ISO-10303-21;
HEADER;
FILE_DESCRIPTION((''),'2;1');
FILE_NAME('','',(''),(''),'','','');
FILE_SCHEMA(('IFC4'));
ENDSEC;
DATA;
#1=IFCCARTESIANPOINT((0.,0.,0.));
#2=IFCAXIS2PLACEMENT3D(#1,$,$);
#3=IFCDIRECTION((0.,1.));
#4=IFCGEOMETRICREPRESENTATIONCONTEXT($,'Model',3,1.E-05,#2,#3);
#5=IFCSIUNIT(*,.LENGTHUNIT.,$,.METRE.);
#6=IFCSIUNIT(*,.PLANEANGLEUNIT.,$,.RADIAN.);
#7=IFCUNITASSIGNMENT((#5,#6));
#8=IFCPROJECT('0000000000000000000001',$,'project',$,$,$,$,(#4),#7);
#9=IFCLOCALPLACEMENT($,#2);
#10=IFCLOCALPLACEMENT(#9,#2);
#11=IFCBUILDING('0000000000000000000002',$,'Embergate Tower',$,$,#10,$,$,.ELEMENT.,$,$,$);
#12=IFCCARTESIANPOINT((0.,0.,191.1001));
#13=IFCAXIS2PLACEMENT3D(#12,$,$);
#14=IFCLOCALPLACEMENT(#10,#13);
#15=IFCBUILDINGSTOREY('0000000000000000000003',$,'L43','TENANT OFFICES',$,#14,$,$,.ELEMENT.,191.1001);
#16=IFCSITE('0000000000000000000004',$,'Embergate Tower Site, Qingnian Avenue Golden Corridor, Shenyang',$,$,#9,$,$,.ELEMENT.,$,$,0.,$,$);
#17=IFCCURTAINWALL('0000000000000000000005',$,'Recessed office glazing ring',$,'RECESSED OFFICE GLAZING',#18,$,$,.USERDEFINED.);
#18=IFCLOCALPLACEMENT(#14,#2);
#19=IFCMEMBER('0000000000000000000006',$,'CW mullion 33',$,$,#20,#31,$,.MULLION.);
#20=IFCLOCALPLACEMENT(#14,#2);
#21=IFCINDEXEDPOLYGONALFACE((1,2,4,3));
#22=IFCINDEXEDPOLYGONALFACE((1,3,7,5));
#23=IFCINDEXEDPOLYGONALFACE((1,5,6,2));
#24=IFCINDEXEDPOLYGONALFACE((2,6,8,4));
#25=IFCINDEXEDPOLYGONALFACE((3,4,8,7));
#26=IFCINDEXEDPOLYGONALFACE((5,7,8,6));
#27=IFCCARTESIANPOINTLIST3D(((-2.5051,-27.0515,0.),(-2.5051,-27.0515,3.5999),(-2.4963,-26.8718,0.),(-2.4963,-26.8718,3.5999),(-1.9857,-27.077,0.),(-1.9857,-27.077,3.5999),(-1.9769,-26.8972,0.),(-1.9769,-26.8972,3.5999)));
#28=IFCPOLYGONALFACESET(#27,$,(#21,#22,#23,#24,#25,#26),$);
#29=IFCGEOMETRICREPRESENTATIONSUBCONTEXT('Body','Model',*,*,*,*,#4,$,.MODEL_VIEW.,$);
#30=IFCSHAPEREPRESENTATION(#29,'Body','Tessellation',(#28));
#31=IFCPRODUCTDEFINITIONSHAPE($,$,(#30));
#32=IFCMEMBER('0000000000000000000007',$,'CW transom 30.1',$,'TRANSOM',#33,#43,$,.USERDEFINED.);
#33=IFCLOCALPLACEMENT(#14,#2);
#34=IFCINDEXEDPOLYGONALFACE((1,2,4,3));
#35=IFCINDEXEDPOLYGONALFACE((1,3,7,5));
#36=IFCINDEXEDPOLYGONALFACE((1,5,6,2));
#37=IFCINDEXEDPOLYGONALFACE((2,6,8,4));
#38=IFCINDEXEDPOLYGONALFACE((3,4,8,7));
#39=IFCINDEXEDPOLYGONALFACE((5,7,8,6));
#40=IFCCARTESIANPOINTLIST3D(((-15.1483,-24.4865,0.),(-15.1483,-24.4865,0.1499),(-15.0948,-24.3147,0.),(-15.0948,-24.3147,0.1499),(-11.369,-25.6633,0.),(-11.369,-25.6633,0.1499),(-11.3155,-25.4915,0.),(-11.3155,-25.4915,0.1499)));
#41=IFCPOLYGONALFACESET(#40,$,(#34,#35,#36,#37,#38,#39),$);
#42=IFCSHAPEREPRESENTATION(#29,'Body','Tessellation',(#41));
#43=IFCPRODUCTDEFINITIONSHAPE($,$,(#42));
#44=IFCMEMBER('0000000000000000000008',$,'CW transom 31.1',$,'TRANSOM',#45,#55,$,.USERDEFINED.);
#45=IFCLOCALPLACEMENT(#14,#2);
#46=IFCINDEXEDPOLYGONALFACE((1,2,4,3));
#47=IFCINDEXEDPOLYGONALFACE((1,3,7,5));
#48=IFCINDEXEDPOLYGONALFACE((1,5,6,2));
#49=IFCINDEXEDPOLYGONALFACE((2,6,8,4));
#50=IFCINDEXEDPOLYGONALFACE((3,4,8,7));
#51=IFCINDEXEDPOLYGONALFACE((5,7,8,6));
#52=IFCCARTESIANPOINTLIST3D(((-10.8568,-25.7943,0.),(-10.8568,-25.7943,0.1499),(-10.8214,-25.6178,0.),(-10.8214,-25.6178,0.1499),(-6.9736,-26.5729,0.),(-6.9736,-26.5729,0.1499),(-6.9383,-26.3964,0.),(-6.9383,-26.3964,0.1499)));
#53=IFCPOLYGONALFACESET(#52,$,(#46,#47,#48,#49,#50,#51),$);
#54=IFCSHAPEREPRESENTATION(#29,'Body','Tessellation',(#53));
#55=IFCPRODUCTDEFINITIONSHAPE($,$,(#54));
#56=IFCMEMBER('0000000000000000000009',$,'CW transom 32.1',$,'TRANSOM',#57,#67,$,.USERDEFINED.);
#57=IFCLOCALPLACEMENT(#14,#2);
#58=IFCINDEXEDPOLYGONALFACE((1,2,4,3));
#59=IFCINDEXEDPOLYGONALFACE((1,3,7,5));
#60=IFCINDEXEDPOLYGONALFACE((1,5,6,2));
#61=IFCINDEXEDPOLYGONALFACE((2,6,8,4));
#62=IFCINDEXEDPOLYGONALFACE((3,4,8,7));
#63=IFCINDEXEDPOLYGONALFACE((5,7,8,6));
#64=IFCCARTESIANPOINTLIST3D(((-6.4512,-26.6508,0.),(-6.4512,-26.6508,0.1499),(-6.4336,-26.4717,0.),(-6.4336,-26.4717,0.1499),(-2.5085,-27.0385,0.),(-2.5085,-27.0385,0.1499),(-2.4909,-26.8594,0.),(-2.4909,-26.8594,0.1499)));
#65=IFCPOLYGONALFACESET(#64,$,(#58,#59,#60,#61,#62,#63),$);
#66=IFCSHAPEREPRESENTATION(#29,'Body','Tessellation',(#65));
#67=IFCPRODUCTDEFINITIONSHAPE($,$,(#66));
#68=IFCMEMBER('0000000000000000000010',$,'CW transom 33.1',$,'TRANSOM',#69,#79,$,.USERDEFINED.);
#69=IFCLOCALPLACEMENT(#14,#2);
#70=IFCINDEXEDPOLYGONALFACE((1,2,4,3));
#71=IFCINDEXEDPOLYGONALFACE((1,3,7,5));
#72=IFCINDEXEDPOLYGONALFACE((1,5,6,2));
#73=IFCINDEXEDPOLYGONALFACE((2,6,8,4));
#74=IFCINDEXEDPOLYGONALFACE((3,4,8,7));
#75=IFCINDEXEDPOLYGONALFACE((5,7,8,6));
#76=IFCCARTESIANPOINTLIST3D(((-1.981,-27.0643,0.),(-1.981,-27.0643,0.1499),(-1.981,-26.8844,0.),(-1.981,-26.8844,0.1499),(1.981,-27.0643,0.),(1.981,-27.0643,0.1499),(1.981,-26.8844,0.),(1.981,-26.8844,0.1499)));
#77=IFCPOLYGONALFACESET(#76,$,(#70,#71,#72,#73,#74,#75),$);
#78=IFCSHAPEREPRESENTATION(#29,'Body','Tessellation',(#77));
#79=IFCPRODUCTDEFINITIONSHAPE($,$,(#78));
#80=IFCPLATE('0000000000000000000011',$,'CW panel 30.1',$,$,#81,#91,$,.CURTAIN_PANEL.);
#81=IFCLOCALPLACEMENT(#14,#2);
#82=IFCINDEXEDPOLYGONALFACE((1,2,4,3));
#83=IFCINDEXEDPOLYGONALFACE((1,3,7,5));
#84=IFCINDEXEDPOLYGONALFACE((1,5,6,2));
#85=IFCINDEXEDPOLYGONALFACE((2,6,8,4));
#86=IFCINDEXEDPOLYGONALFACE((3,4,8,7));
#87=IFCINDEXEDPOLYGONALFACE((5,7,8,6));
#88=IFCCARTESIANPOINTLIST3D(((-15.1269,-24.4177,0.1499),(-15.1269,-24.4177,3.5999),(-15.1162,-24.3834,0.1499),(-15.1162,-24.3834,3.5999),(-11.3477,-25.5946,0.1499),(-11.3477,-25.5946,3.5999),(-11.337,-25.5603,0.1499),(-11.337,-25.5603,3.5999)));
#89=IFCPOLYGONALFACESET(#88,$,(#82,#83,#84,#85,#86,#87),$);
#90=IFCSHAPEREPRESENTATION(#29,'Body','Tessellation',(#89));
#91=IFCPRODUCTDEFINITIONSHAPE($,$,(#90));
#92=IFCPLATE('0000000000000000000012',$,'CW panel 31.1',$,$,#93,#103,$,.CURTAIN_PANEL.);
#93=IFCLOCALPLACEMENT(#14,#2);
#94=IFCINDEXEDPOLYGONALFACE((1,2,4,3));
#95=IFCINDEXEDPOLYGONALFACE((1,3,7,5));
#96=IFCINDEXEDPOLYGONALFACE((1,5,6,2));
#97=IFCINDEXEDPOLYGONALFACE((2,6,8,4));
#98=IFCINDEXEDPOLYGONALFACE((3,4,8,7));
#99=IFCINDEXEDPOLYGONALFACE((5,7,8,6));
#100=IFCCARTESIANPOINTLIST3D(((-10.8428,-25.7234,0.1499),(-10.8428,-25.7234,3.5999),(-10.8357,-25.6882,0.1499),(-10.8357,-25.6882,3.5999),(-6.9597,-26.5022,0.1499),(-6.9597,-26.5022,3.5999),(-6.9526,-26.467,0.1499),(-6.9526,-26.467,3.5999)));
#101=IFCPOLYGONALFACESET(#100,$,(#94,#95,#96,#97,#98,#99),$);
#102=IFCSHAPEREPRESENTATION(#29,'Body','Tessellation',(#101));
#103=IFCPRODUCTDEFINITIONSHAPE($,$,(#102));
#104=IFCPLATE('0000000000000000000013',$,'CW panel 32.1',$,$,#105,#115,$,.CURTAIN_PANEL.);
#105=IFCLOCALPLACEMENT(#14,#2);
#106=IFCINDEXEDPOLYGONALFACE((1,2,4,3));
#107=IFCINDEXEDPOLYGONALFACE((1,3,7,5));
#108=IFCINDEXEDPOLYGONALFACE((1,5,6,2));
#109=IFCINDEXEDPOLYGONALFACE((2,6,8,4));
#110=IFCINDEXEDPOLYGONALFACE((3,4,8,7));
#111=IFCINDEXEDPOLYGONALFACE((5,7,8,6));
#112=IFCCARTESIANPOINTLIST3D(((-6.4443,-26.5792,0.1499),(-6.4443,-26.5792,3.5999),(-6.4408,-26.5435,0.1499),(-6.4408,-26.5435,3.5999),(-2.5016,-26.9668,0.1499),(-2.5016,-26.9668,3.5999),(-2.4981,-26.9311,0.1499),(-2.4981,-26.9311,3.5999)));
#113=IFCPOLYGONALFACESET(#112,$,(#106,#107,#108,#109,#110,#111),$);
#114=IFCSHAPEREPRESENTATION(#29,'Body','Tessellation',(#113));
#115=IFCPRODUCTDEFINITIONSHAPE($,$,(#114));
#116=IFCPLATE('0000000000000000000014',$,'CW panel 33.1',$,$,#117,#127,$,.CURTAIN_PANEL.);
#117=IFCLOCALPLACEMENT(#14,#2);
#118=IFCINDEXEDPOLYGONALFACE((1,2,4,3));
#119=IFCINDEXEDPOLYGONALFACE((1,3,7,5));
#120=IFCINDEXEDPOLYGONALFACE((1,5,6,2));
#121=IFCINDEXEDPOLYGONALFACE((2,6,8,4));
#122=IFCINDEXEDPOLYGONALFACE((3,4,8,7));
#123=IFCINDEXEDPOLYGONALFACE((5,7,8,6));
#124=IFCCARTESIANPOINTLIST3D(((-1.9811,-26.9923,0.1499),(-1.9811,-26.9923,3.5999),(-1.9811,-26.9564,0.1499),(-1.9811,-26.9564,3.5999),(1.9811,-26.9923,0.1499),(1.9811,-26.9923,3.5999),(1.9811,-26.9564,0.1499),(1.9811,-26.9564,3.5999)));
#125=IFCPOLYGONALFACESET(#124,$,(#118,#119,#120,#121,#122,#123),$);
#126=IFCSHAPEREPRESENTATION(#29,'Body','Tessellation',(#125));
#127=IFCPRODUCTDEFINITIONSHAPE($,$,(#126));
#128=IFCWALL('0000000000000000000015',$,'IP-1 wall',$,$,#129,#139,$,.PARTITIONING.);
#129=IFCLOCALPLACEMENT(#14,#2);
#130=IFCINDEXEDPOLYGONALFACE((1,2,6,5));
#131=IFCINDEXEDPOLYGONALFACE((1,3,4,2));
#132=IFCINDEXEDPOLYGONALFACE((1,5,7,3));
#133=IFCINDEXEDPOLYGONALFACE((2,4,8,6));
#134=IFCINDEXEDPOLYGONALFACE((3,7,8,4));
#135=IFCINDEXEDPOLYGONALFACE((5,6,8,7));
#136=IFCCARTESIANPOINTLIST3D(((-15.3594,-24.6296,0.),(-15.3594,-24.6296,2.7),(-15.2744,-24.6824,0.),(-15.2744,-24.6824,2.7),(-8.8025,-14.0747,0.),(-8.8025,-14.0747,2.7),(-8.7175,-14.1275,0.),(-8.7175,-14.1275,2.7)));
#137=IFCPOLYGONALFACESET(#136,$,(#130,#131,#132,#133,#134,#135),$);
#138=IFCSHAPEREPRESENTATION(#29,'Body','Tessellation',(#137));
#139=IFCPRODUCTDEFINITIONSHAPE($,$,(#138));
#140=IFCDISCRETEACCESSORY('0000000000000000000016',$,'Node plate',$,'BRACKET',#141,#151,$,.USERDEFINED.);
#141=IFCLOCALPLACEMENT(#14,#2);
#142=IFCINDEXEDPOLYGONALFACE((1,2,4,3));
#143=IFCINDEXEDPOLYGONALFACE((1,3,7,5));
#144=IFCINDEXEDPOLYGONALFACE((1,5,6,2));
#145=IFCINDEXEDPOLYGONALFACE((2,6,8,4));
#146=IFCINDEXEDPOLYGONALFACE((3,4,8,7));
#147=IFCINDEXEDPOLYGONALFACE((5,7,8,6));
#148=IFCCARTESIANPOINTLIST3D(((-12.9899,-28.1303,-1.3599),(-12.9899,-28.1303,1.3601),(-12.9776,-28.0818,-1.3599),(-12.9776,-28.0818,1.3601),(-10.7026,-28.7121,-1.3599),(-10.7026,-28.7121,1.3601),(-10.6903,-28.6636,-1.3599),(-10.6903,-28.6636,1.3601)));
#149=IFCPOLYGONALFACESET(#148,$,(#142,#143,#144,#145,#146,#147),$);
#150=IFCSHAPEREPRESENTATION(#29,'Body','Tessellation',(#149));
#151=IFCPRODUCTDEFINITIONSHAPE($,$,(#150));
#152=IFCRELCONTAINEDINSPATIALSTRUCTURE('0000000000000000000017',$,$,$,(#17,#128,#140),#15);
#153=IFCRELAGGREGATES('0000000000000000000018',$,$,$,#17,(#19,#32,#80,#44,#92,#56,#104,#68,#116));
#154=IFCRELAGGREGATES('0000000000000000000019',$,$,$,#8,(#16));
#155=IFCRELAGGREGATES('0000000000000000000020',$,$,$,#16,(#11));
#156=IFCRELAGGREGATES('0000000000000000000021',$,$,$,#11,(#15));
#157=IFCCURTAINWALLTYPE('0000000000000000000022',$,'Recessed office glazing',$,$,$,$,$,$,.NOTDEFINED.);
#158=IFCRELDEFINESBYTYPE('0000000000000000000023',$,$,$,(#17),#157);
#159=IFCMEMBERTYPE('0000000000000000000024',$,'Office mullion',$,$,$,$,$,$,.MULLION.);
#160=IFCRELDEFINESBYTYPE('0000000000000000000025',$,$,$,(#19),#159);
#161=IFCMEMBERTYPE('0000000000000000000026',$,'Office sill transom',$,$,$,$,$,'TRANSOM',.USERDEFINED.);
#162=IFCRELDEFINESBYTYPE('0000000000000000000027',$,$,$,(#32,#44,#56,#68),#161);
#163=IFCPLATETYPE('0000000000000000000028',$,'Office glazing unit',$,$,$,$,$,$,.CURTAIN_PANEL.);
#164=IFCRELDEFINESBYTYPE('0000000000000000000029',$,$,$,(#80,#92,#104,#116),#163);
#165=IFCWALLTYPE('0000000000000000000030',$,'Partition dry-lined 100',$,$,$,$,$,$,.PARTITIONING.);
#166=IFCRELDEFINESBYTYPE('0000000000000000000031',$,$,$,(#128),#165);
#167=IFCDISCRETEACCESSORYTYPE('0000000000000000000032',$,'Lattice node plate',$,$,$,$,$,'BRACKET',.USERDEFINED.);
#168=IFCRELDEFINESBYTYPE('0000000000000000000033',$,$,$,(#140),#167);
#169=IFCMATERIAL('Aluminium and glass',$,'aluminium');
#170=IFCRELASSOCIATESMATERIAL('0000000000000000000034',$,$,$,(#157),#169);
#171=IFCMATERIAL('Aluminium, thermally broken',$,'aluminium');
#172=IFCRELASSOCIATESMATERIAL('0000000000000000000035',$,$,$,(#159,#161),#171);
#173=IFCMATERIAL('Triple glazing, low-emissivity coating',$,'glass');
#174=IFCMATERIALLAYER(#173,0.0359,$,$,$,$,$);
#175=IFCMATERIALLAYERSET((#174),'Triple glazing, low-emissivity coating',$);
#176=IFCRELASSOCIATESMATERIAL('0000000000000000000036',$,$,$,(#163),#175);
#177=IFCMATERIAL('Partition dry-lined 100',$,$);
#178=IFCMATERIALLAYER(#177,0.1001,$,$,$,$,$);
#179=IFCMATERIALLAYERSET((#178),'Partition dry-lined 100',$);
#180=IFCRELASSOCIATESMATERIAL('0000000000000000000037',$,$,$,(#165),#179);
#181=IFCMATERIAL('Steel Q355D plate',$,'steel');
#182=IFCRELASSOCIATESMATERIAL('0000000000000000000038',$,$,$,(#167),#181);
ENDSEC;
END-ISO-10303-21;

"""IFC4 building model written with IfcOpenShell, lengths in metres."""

from ifc_helpers import new_model, si_unit, direction, frame, frame_2d, origin, origin_2d, place, context, subcontext, project, spatial, rectangle, extrude, source, transform, mapped, material, layer, layer_set, material_profile, profile_set, type_object, element, aggregate, save


model = new_model("IFC4")

# Units and contexts
model_context = context("Model", 3, precision=1e-05, world=origin(), true_north=direction((0.0, 1.0)))
body_context = subcontext(model_context, "Body", "Model", "MODEL_VIEW")
ifc_project = project(units=[si_unit("LENGTHUNIT", "METRE"), si_unit("PLANEANGLEUNIT", "RADIAN")], contexts=[model_context])

# Site, building, storey
site_placement = place(None, origin())
site = spatial("IfcSite", under=ifc_project, at=site_placement, Name="Embergate Tower Site, Qingnian Avenue Golden Corridor, Shenyang", CompositionType="ELEMENT", RefElevation=0.0)
building_placement = place(site_placement, origin())
building = spatial("IfcBuilding", under=site, at=building_placement, Name="Embergate Tower", CompositionType="ELEMENT")
storey_placement = place(building_placement, frame((0.0, 0.0, 191.1001)))
storey = spatial("IfcBuildingStorey", under=building, at=storey_placement, Name="L43", Description="TENANT OFFICES", CompositionType="ELEMENT", Elevation=191.1001)

# Curtain wall, members
ifc_material_1 = material(Name="Aluminium and glass", Category="aluminium")
curtain_wall_type = type_object("IfcCurtainWallType", Name="Recessed office glazing", PredefinedType="NOTDEFINED", material=ifc_material_1)
curtain_wall_placement = place(storey_placement, origin())
curtain_wall = element("IfcCurtainWall", 1, at=curtain_wall_placement, inside=storey, type_object=curtain_wall_type, Name="Recessed office glazing ring", ObjectType="RECESSED OFFICE GLAZING", PredefinedType="USERDEFINED")
ifc_material_2 = material(Name="Aluminium, thermally broken", Category="aluminium")
ifc_material_profile_1 = material_profile(ifc_material_2, rectangle(XDim=0.1799, YDim=0.52, at=origin_2d()), Name="AL 520x180")
ifc_profile_set_1 = profile_set([ifc_material_profile_1], Name="Aluminium, thermally broken")
member_type_1 = type_object("IfcMemberType", Name="Office mullion", PredefinedType="MULLION", material=ifc_profile_set_1)
shared_shape_1 = source(origin(), body_context, "Body", "SweptSolid", [
    extrude(rectangle(XDim=0.1799, YDim=0.52, at=origin_2d()), origin(), (0.0, 0.0, 1.0), 3.5999),
])
member_1_placement = place(storey_placement, frame((-2.241, -26.9744, 0.0), z_axis=(0.0, 0.0, 1.0), x_axis=(0.04897, 0.9988, 0.0)))
member_1 = element("IfcMember", 2, at=member_1_placement, type_object=member_type_1, Name="CW mullion 33", PredefinedType="MULLION", context=body_context, shape_type="MappedRepresentation", body=[
    mapped(shared_shape_1, transform((0.0, 0.0, 0.0))),
])
ifc_material_profile_2 = material_profile(ifc_material_2, rectangle(XDim=0.1799, YDim=0.1499, at=origin_2d()), Name="AL 150x180")
ifc_profile_set_2 = profile_set([ifc_material_profile_2], Name="Aluminium, thermally broken")
member_type_2 = type_object("IfcMemberType", Name="Office sill transom", ElementType="TRANSOM", PredefinedType="USERDEFINED", material=ifc_profile_set_2)
shared_shape_2 = source(origin(), body_context, "Body", "SweptSolid", [
    extrude(rectangle(XDim=0.1799, YDim=0.1499, at=origin_2d()), origin(), (0.0, 0.0, 1.0), 3.9583),
])
member_2_placement = place(storey_placement, frame((-15.1216, -24.4006, 0.075), z_axis=(0.954787, -0.297291, 0.0), x_axis=(0.297291, 0.954787, 0.0)))
member_2 = element("IfcMember", 3, at=member_2_placement, type_object=member_type_2, Name="CW transom 30.1", ObjectType="TRANSOM", PredefinedType="USERDEFINED", context=body_context, shape_type="MappedRepresentation", body=[
    mapped(shared_shape_2, transform((0.0, 0.0, 0.0))),
])
shared_shape_3 = source(origin(), body_context, "Body", "SweptSolid", [
    extrude(rectangle(XDim=0.1799, YDim=0.1499, at=origin_2d()), origin(), (0.0, 0.0, 1.0), 3.9604),
])
member_3_placement = place(storey_placement, frame((-10.8391, -25.7061, 0.075), z_axis=(0.980486, -0.19659, 0.0), x_axis=(0.19659, 0.980486, 0.0)))
member_3 = element("IfcMember", 4, at=member_3_placement, type_object=member_type_2, Name="CW transom 31.1", ObjectType="TRANSOM", PredefinedType="USERDEFINED", context=body_context, shape_type="MappedRepresentation", body=[
    mapped(shared_shape_3, transform((0.0, 0.0, 0.0))),
])
shared_shape_4 = source(origin(), body_context, "Body", "SweptSolid", [
    extrude(rectangle(XDim=0.1799, YDim=0.1499, at=origin_2d()), origin(), (0.0, 0.0, 1.0), 3.9617),
])
member_4_placement = place(storey_placement, frame((-6.4424, -26.5613, 0.075), z_axis=(0.9952, -0.097862, 0.0), x_axis=(0.097862, 0.9952, 0.0)))
member_4 = element("IfcMember", 5, at=member_4_placement, type_object=member_type_2, Name="CW transom 32.1", ObjectType="TRANSOM", PredefinedType="USERDEFINED", context=body_context, shape_type="MappedRepresentation", body=[
    mapped(shared_shape_4, transform((0.0, 0.0, 0.0))),
])
shared_shape_5 = source(origin(), body_context, "Body", "SweptSolid", [
    extrude(rectangle(XDim=0.1799, YDim=0.1499, at=origin_2d()), origin(), (0.0, 0.0, 1.0), 3.9619),
])
member_5_placement = place(storey_placement, frame((-1.981, -26.9744, 0.075), z_axis=(1.0, 0.0, 0.0), x_axis=(0.0, 1.0, 0.0)))
member_5 = element("IfcMember", 6, at=member_5_placement, type_object=member_type_2, Name="CW transom 33.1", ObjectType="TRANSOM", PredefinedType="USERDEFINED", context=body_context, shape_type="MappedRepresentation", body=[
    mapped(shared_shape_5, transform((0.0, 0.0, 0.0))),
])

# Plates
ifc_material_3 = material(Name="Triple glazing, low-emissivity coating", Category="glass")
ifc_layer_1 = layer(ifc_material_3, 0.0359)
ifc_layer_set_1 = layer_set([ifc_layer_1], Name="Triple glazing, low-emissivity coating")
plate_type = type_object("IfcPlateType", Name="Office glazing unit", PredefinedType="CURTAIN_PANEL", material=ifc_layer_set_1)
shared_shape_6 = source(origin(), body_context, "Body", "SweptSolid", [
    extrude(rectangle(XDim=3.9583, YDim=0.0359, at=origin_2d()), origin(), (0.0, 0.0, 1.0), 3.45),
])
plate_1_placement = place(storey_placement, frame((-13.2319, -24.989, 0.1499), z_axis=(0.0, 0.0, 1.0), x_axis=(0.954773, -0.297337, 0.0)))
plate_1 = element("IfcPlate", 7, at=plate_1_placement, type_object=plate_type, Name="CW panel 30.1", PredefinedType="CURTAIN_PANEL", context=body_context, shape_type="MappedRepresentation", body=[
    mapped(shared_shape_6, transform((0.0, 0.0, 0.0))),
])
shared_shape_7 = source(origin(), body_context, "Body", "SweptSolid", [
    extrude(rectangle(XDim=3.9604, YDim=0.0359, at=origin_2d()), origin(), (0.0, 0.0, 1.0), 3.45),
])
plate_2_placement = place(storey_placement, frame((-8.8977, -26.0952, 0.1499), z_axis=(0.0, 0.0, 1.0), x_axis=(0.980476, -0.196639, 0.0)))
plate_2 = element("IfcPlate", 8, at=plate_2_placement, type_object=plate_type, Name="CW panel 31.1", PredefinedType="CURTAIN_PANEL", context=body_context, shape_type="MappedRepresentation", body=[
    mapped(shared_shape_7, transform((0.0, 0.0, 0.0))),
])
shared_shape_8 = source(origin(), body_context, "Body", "SweptSolid", [
    extrude(rectangle(XDim=3.9617, YDim=0.0359, at=origin_2d()), origin(), (0.0, 0.0, 1.0), 3.45),
])
plate_3_placement = place(storey_placement, frame((-4.4712, -26.7551, 0.1499), z_axis=(0.0, 0.0, 1.0), x_axis=(0.995203, -0.09783, 0.0)))
plate_3 = element("IfcPlate", 9, at=plate_3_placement, type_object=plate_type, Name="CW panel 32.1", PredefinedType="CURTAIN_PANEL", context=body_context, shape_type="MappedRepresentation", body=[
    mapped(shared_shape_8, transform((0.0, 0.0, 0.0))),
])
shared_shape_9 = source(origin(), body_context, "Body", "SweptSolid", [
    extrude(rectangle(XDim=3.9622, YDim=0.0359, at=origin_2d()), origin(), (0.0, 0.0, 1.0), 3.45),
])
plate_4_placement = place(storey_placement, frame((0.0, -26.9744, 0.1499), z_axis=(0.0, 0.0, 1.0), x_axis=(1.0, 0.0, 0.0)))
plate_4 = element("IfcPlate", 10, at=plate_4_placement, type_object=plate_type, Name="CW panel 33.1", PredefinedType="CURTAIN_PANEL", context=body_context, shape_type="MappedRepresentation", body=[
    mapped(shared_shape_9, transform((0.0, 0.0, 0.0))),
])
aggregate(curtain_wall, [member_1, member_2, plate_1, member_3, plate_2, member_4, plate_3, member_5, plate_4])

# Wall
ifc_material_4 = material(Name="Partition dry-lined 100")
ifc_layer_2 = layer(ifc_material_4, 0.1001)
ifc_layer_set_2 = layer_set([ifc_layer_2], Name="Partition dry-lined 100")
wall_type = type_object("IfcWallType", Name="Partition dry-lined 100", PredefinedType="PARTITIONING", material=ifc_layer_set_2)
shared_shape_10 = source(origin(), body_context, "Body", "SweptSolid", [
    extrude(rectangle(XDim=12.4258, YDim=0.1001, at=frame_2d((6.2129, 0.0))), origin(), (0.0, 0.0, 1.0), 2.7),
])
wall_placement = place(storey_placement, frame((-8.76, -14.1011, 0.0), z_axis=(0.0, 0.0, 1.0), x_axis=(-0.527685, -0.84944, 0.0)))
element("IfcWall", 11, at=wall_placement, inside=storey, type_object=wall_type, Name="IP-1 wall", PredefinedType="PARTITIONING", context=body_context, shape_type="MappedRepresentation", body=[
    mapped(shared_shape_10, transform((0.0, 0.0, 0.0))),
])

# Discrete accessory
ifc_material_5 = material(Name="Steel Q355D plate", Category="steel")
discrete_accessory_type = type_object("IfcDiscreteAccessoryType", Name="Lattice node plate", ElementType="BRACKET", PredefinedType="USERDEFINED", material=ifc_material_5)
shared_shape_11 = source(origin(), body_context, "Body", "SweptSolid", [
    extrude(rectangle(XDim=2.3601, YDim=0.05, at=origin_2d()), origin(), (0.0, 0.0, 1.0), 2.72),
])
discrete_accessory_placement = place(storey_placement, frame((-11.8401, -28.397, -1.3599), z_axis=(0.0, 0.0, 1.0), x_axis=(0.969141, -0.246509, 0.0)))
element("IfcDiscreteAccessory", 12, at=discrete_accessory_placement, inside=storey, type_object=discrete_accessory_type, Name="Node plate", ObjectType="BRACKET", PredefinedType="USERDEFINED", context=body_context, shape_type="MappedRepresentation", body=[
    mapped(shared_shape_11, transform((0.0, 0.0, 0.0))),
])

save(model, "model.ifc")
